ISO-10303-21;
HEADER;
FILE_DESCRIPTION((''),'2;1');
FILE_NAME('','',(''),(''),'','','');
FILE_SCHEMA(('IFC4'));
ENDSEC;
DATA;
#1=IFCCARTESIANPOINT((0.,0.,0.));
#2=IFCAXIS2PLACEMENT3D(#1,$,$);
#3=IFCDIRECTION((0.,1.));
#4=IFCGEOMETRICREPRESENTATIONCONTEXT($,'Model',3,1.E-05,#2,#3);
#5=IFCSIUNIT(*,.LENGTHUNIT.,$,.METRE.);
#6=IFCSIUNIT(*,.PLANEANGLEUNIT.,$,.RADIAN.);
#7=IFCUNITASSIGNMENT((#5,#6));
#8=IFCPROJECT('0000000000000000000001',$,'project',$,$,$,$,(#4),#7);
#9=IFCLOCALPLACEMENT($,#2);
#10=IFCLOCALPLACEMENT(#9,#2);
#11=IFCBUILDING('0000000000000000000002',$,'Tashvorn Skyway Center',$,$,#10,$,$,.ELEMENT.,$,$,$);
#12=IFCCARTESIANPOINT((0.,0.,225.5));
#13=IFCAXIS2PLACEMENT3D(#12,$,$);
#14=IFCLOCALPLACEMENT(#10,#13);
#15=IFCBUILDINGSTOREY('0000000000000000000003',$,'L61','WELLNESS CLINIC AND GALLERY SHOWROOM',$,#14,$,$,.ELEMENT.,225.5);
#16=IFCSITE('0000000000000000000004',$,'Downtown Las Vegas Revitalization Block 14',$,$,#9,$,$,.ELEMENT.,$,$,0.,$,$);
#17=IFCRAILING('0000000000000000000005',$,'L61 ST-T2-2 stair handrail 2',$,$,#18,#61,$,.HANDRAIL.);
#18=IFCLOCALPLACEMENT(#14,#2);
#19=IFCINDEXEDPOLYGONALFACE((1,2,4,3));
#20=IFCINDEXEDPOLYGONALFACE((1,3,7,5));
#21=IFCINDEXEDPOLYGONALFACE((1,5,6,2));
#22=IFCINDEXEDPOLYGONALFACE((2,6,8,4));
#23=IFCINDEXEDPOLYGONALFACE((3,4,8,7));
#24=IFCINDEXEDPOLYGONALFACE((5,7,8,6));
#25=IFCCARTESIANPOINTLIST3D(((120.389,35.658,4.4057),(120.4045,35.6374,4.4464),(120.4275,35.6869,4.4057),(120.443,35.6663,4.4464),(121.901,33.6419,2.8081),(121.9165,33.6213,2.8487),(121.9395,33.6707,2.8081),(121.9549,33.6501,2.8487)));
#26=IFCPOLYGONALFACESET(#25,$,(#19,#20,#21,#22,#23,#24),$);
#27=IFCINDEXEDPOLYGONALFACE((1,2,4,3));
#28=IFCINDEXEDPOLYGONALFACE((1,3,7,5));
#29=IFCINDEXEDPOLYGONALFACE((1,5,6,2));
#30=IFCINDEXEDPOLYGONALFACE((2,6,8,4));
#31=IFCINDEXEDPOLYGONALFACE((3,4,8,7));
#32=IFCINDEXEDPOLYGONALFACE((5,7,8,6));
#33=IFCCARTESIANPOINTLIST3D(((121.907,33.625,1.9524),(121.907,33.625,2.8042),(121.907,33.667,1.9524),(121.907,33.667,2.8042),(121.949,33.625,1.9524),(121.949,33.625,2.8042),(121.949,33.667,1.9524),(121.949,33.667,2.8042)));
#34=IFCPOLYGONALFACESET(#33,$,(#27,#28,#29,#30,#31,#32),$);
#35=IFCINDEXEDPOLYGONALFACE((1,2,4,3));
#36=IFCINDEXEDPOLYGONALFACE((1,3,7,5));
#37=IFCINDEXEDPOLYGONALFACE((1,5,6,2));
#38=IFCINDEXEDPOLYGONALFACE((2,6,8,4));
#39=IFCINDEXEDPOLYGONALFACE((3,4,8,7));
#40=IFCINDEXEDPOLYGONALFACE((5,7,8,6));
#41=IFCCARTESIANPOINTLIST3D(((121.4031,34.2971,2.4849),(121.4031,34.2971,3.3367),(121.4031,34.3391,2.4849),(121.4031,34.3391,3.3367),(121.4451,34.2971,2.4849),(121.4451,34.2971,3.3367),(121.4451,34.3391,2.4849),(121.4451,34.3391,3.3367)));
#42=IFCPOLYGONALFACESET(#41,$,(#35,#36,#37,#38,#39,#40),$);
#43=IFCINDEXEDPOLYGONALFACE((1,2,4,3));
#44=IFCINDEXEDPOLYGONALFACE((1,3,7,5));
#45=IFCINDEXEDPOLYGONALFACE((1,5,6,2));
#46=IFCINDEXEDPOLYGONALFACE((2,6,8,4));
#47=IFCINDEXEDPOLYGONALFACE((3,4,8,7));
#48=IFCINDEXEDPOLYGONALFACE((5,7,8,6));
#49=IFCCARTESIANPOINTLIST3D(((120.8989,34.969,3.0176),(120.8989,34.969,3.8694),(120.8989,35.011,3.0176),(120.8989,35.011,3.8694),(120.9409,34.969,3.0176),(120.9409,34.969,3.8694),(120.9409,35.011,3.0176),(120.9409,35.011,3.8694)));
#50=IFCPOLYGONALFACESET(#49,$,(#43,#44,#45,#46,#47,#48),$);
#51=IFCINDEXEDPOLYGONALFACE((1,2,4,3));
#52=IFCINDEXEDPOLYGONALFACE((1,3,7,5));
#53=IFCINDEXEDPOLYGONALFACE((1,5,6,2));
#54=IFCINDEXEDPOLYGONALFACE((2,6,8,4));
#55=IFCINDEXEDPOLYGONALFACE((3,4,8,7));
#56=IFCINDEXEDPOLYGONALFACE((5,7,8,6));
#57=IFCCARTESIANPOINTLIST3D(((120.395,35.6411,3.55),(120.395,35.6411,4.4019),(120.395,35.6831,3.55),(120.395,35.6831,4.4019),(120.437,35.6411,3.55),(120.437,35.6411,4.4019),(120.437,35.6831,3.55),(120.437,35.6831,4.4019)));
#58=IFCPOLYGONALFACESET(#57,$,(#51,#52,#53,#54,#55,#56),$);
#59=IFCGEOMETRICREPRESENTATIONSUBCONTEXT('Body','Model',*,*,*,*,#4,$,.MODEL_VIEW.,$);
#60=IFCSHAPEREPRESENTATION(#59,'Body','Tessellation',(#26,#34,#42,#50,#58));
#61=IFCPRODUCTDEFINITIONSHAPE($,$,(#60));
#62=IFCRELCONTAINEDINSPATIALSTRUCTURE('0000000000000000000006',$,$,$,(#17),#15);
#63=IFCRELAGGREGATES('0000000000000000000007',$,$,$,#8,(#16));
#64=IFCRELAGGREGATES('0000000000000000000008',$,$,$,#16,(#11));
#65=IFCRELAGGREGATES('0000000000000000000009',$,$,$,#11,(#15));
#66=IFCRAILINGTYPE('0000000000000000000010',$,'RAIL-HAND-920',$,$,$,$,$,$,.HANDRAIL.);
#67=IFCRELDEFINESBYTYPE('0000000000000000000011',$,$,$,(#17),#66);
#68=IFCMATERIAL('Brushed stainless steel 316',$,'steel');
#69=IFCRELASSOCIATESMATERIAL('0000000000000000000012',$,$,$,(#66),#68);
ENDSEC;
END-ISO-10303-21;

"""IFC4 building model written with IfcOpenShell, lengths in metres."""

from ifc_helpers import new_model, si_unit, direction, frame, origin, origin_2d, place, context, subcontext, project, spatial, rectangle, extrude, material, type_object, element, save


model = new_model("IFC4")

# Units and contexts
model_context = context("Model", 3, precision=1e-05, world=origin(), true_north=direction((0.0, 1.0)))
body_context = subcontext(model_context, "Body", "Model", "MODEL_VIEW")
ifc_project = project(units=[si_unit("LENGTHUNIT", "METRE"), si_unit("PLANEANGLEUNIT", "RADIAN")], contexts=[model_context])

# Site, building, storey
site_placement = place(None, origin())
site = spatial("IfcSite", under=ifc_project, at=site_placement, Name="Downtown Las Vegas Revitalization Block 14", CompositionType="ELEMENT", RefElevation=0.0)
building_placement = place(site_placement, origin())
building = spatial("IfcBuilding", under=site, at=building_placement, Name="Tashvorn Skyway Center", CompositionType="ELEMENT")
storey_placement = place(building_placement, frame((0.0, 0.0, 225.5)))
storey = spatial("IfcBuildingStorey", under=building, at=storey_placement, Name="L61", Description="WELLNESS CLINIC AND GALLERY SHOWROOM", CompositionType="ELEMENT", Elevation=225.5)

# Railing
ifc_material_1 = material(Name="Brushed stainless steel 316", Category="steel")
railing_type = type_object("IfcRailingType", Name="RAIL-HAND-920", PredefinedType="HANDRAIL", material=ifc_material_1)
railing_placement = place(storey_placement, frame((121.928, 33.646, 1.9524)))
element("IfcRailing", 1, at=railing_placement, inside=storey, type_object=railing_type, Name="L61 ST-T2-2 stair handrail 2", PredefinedType="HANDRAIL", context=body_context, shape_type="SweptSolid", body=[
    extrude(rectangle(XDim=0.0481, YDim=0.0481, at=origin_2d()), frame((0.0, 0.0, 0.876), z_axis=(-0.506719, 0.675679, 0.535438), x_axis=(-0.800023, -0.599969, 0.0)), (0.0, 0.0, 1.0), 2.9839),
    extrude(rectangle(XDim=0.042, YDim=0.042, at=origin_2d()), origin(), (0.0, 0.0, 1.0), 0.8518),
    extrude(rectangle(XDim=0.042, YDim=0.042, at=origin_2d()), frame((-0.5039, 0.6721, 0.5325)), (0.0, 0.0, 1.0), 0.8518),
    extrude(rectangle(XDim=0.042, YDim=0.042, at=origin_2d()), frame((-1.0081, 1.344, 1.0652)), (0.0, 0.0, 1.0), 0.8518),
    extrude(rectangle(XDim=0.042, YDim=0.042, at=origin_2d()), frame((-1.512, 2.0161, 1.5977)), (0.0, 0.0, 1.0), 0.8518),
])

save(model, "model.ifc")
